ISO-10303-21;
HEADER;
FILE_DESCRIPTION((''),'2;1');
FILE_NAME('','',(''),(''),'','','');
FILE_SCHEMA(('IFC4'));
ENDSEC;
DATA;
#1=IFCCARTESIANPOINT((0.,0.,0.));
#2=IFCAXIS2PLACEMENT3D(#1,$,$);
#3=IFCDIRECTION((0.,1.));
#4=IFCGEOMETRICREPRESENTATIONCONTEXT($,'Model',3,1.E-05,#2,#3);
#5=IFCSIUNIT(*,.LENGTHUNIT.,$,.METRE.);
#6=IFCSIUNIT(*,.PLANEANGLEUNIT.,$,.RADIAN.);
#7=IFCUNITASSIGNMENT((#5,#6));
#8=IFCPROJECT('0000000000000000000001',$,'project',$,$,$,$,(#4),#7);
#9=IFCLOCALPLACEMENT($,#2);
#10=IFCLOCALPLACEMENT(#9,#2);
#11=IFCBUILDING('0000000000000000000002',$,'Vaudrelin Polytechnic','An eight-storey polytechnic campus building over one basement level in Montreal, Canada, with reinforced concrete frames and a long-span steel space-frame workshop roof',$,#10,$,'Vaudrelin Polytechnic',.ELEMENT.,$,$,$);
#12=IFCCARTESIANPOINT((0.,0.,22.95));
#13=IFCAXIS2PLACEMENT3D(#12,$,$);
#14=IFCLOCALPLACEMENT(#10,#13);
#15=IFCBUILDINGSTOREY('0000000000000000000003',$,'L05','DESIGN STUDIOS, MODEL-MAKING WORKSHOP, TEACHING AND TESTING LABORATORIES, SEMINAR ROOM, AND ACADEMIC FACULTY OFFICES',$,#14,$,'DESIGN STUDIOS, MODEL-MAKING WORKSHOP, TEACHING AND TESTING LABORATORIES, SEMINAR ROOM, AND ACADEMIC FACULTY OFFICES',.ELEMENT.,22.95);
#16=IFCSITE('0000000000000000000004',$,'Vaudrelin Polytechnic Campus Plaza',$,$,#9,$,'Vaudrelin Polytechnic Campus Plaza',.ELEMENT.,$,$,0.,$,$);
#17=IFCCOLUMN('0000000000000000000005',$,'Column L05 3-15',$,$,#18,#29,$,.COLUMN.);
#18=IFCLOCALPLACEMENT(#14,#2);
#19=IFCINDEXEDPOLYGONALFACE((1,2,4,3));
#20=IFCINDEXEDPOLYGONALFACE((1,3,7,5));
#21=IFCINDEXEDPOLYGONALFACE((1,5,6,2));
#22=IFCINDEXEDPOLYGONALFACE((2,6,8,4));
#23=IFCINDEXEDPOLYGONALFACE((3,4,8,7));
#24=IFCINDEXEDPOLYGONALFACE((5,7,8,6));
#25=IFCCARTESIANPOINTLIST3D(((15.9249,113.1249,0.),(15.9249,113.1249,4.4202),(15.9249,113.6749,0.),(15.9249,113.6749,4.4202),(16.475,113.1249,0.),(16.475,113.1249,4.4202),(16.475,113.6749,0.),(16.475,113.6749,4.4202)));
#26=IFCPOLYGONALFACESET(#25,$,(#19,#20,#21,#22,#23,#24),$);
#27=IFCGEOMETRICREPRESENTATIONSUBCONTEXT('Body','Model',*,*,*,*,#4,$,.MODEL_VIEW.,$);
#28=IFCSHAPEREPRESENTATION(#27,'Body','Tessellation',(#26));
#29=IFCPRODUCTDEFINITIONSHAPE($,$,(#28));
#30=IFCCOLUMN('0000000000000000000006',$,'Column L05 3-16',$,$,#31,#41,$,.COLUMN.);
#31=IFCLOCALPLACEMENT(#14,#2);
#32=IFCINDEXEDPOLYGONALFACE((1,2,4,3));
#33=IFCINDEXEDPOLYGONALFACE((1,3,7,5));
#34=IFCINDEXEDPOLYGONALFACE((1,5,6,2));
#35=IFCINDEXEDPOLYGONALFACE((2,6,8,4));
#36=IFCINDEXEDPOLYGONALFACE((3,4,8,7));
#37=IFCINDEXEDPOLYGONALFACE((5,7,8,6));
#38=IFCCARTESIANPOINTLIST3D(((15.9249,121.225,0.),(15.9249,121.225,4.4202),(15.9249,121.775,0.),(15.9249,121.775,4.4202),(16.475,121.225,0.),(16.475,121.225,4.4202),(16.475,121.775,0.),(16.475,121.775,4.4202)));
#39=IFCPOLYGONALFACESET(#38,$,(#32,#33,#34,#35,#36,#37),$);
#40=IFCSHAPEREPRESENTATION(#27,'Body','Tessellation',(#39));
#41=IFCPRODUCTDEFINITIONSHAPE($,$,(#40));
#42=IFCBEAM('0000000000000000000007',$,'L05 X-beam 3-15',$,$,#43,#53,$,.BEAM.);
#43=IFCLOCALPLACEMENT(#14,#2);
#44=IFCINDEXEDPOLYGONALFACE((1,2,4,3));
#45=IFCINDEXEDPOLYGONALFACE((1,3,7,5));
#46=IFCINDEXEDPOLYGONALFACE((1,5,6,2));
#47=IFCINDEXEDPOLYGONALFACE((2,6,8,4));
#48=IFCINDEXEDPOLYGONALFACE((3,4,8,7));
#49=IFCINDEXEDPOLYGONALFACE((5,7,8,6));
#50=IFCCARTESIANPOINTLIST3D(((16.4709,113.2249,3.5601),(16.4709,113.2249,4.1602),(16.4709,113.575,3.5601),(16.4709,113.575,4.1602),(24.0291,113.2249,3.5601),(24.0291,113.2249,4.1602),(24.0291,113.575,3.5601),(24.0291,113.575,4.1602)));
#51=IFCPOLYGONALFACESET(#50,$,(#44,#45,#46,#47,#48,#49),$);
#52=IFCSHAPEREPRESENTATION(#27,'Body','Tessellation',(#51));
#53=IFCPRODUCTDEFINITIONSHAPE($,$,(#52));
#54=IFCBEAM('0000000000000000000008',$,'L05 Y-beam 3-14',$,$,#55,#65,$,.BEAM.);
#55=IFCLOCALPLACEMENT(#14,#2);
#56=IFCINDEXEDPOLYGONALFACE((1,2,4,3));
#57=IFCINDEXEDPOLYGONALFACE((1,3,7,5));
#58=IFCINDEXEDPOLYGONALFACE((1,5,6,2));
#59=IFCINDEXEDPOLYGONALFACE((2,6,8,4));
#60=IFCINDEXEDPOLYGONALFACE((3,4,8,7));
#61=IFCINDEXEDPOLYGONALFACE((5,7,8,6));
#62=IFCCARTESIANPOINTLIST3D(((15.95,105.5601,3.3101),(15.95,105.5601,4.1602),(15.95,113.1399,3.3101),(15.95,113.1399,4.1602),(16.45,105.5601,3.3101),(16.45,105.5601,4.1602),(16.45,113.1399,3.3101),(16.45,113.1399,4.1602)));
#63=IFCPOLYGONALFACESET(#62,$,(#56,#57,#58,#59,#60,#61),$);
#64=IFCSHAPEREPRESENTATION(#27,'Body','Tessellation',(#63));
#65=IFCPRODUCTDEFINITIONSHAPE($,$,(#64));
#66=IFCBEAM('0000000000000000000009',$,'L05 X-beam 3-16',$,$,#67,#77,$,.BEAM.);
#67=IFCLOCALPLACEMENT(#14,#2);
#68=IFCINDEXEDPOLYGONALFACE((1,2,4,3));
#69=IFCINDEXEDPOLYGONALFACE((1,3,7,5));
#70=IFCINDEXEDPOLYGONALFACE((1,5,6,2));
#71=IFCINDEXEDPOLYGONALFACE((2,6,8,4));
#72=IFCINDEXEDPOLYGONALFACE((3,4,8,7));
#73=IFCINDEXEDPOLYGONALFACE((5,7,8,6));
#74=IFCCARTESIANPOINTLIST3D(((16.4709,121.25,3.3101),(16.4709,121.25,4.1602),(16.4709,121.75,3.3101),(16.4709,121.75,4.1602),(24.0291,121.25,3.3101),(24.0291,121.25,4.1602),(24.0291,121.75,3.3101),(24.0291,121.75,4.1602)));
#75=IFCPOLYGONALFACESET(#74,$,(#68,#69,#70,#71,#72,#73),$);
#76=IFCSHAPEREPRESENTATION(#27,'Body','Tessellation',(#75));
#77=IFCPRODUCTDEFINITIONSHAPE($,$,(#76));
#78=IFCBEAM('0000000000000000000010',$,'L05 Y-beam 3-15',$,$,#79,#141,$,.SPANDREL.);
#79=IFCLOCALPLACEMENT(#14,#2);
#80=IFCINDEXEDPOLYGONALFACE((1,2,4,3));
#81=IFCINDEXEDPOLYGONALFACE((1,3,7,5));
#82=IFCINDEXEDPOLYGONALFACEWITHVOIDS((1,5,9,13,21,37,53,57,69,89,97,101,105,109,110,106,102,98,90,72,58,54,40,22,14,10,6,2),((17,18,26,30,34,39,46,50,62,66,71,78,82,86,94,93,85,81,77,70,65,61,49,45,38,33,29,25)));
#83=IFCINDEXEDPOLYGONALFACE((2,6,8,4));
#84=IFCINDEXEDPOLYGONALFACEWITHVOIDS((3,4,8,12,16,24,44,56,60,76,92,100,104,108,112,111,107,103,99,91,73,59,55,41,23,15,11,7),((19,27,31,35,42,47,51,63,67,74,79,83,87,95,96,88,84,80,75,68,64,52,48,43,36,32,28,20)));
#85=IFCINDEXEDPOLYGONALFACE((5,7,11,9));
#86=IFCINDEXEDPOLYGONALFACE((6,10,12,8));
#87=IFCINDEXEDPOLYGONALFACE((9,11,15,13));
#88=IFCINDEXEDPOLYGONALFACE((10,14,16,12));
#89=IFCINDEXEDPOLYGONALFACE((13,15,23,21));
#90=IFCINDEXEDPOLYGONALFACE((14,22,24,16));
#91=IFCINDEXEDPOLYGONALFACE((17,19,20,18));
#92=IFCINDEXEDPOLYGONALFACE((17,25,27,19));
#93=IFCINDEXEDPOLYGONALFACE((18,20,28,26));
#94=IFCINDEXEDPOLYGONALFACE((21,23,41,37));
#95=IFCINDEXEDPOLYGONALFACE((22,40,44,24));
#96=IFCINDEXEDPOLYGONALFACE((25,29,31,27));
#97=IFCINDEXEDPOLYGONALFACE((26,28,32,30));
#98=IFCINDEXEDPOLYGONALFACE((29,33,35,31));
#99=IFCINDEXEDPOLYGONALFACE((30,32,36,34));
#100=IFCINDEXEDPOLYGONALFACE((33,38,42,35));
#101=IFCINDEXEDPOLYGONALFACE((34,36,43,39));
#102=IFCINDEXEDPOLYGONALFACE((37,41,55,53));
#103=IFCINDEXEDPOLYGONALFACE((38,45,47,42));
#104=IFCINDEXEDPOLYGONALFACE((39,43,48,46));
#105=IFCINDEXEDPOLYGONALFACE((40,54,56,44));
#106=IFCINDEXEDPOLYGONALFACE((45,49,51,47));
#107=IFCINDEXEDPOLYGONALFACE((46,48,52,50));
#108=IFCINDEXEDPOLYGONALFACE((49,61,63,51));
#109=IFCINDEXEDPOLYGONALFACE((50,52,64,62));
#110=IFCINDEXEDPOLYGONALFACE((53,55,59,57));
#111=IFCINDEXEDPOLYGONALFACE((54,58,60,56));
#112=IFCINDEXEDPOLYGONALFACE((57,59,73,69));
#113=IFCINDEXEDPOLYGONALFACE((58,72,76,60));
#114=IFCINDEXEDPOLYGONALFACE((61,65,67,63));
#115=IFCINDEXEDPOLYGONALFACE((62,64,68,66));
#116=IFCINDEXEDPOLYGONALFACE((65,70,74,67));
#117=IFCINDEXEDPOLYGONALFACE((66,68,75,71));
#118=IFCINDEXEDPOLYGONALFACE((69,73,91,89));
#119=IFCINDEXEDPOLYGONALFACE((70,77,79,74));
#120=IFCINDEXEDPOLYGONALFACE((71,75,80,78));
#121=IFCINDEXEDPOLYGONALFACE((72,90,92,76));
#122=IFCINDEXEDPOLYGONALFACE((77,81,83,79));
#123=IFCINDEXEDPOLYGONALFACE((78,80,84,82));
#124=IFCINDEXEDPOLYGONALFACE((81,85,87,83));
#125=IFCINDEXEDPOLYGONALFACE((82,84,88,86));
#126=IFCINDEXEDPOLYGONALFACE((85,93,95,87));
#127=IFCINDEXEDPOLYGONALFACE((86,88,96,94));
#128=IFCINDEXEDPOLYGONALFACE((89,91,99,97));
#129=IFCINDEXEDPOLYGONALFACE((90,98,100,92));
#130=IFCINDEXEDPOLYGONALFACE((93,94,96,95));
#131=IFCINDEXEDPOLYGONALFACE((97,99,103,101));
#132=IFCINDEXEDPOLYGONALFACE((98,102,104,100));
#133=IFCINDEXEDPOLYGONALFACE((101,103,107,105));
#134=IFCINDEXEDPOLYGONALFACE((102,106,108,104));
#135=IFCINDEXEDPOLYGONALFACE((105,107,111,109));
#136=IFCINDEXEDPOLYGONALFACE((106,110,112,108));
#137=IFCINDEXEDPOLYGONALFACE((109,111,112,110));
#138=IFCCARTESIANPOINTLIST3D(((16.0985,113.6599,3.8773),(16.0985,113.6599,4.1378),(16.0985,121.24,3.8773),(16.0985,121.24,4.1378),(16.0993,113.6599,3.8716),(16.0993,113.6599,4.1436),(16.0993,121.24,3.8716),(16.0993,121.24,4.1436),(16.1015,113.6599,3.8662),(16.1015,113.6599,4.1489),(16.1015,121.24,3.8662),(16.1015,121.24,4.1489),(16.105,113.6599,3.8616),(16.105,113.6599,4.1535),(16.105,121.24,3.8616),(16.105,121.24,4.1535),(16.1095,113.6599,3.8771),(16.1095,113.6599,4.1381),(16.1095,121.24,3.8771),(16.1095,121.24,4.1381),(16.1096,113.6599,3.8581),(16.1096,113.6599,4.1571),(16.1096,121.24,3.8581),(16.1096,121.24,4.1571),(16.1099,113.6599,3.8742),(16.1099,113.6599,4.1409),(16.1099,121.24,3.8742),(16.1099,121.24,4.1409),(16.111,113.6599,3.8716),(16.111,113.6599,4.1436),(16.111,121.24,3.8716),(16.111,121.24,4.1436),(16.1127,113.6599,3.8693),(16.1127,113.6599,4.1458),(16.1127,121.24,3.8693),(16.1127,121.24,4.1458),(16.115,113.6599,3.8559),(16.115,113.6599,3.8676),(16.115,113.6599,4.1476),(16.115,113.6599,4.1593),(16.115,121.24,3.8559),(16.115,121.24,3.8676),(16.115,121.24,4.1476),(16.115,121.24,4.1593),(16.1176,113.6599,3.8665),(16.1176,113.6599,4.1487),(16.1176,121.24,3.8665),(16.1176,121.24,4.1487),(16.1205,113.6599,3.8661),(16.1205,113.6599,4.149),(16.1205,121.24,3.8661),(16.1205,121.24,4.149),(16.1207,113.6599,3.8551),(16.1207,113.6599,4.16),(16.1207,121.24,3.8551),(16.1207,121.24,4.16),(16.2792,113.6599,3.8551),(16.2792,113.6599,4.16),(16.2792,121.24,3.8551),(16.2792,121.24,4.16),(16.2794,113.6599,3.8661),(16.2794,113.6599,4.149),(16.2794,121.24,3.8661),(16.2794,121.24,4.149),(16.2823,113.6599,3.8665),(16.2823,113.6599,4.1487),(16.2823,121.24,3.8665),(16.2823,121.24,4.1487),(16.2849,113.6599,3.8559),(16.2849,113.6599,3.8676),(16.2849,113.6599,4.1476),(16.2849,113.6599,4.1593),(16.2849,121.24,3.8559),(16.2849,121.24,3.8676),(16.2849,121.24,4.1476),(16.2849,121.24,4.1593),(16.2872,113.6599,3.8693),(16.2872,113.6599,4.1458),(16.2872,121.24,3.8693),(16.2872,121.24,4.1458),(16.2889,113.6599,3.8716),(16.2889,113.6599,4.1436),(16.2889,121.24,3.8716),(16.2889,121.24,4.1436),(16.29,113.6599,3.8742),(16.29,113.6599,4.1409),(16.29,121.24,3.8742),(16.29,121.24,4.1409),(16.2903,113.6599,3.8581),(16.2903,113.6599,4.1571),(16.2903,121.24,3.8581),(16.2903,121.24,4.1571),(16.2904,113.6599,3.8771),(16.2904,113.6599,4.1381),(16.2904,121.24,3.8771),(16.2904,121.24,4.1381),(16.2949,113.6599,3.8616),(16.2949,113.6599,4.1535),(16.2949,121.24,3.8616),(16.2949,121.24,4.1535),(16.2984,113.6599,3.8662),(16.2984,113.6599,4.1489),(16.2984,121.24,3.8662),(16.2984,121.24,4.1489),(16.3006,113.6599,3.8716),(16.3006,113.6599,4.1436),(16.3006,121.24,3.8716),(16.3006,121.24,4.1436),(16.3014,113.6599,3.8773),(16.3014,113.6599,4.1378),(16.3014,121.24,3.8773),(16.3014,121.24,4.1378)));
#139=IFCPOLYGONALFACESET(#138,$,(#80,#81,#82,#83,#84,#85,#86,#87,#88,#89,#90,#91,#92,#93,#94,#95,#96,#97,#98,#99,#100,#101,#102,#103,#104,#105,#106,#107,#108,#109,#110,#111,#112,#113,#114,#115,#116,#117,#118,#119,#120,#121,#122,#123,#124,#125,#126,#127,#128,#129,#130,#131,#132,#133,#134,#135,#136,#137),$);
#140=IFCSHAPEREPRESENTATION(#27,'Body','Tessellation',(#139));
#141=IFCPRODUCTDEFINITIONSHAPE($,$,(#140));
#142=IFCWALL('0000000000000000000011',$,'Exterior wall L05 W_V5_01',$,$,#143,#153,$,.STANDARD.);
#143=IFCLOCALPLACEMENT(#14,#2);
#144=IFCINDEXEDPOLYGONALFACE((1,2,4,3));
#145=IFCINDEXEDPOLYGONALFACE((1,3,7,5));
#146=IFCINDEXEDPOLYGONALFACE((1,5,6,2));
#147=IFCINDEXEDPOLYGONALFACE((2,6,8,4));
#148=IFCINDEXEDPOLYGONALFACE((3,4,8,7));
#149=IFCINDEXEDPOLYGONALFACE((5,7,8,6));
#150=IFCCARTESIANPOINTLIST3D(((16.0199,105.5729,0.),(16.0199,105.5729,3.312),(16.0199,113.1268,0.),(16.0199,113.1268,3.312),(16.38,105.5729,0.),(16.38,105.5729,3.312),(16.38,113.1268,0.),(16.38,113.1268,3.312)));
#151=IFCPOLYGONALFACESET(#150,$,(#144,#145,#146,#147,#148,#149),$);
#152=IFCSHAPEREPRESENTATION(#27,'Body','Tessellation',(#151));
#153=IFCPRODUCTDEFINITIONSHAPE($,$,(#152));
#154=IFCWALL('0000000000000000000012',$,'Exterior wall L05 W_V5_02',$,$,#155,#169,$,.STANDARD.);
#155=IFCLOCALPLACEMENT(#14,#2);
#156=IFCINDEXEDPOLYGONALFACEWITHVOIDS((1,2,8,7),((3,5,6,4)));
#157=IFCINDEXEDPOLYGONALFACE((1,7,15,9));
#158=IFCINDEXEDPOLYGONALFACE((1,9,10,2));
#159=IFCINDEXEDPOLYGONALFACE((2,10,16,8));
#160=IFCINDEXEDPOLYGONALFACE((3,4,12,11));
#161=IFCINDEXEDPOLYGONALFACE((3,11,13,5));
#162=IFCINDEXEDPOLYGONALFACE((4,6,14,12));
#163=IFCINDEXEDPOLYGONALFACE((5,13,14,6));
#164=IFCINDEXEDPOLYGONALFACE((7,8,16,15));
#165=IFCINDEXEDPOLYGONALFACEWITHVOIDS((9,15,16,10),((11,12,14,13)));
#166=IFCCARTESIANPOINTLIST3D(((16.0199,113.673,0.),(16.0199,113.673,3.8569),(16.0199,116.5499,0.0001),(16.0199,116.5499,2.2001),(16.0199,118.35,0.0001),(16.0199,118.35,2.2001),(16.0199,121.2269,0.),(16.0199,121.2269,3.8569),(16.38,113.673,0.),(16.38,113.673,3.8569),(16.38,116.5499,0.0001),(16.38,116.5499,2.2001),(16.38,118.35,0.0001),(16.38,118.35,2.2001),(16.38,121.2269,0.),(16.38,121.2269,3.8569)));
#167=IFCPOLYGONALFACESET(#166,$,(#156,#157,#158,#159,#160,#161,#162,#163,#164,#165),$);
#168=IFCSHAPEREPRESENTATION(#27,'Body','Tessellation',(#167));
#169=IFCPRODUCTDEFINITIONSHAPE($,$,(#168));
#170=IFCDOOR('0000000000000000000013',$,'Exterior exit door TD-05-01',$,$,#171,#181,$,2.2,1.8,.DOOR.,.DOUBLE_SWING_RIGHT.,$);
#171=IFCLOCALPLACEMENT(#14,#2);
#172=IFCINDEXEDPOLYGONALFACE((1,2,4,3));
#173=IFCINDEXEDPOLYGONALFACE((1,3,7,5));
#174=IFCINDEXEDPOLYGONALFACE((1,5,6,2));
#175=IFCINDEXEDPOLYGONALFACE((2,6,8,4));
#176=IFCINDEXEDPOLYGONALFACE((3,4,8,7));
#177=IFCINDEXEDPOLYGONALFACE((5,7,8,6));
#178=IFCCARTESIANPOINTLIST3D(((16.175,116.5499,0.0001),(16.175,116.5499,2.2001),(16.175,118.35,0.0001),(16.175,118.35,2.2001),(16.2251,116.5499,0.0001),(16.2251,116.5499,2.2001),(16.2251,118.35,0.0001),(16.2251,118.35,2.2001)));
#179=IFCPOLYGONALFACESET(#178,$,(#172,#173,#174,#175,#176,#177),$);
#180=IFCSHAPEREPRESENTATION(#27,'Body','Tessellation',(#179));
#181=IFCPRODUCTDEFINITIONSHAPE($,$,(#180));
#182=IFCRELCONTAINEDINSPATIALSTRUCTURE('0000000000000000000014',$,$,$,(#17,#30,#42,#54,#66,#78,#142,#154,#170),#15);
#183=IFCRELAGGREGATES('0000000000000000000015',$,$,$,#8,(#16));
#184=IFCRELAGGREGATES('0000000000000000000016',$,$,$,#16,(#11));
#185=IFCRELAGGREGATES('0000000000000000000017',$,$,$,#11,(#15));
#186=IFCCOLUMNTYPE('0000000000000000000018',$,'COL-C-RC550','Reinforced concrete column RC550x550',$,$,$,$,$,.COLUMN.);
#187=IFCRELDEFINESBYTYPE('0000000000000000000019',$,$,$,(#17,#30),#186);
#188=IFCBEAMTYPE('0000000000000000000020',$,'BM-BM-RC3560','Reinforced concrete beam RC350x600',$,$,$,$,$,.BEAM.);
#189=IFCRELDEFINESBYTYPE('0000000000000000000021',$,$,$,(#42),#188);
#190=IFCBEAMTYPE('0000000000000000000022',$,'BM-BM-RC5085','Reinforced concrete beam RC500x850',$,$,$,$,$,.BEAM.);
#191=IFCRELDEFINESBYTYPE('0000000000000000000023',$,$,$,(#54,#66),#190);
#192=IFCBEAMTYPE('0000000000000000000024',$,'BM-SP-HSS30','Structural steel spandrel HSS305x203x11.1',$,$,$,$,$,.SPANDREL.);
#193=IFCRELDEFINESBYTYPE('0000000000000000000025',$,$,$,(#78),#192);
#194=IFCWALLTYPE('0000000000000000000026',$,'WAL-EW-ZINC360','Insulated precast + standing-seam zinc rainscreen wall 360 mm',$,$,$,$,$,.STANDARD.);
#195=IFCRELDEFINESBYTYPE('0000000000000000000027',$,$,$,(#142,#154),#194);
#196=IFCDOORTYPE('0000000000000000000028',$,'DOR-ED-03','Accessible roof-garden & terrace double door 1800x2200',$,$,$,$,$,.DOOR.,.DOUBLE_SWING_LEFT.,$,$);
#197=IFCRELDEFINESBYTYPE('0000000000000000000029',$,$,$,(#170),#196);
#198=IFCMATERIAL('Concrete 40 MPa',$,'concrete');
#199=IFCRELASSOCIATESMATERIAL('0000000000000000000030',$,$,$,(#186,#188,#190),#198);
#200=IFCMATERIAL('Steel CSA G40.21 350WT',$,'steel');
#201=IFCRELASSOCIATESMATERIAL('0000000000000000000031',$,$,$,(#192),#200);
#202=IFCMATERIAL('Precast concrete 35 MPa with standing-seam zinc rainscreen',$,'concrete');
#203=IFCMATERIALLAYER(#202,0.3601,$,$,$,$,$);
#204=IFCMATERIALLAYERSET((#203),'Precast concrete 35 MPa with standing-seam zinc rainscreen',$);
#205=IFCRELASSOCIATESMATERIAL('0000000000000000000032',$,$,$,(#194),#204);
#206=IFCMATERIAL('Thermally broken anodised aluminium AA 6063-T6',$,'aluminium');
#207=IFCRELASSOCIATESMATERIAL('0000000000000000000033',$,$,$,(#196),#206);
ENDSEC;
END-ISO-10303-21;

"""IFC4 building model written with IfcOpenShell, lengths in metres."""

from ifc_helpers import new_model, si_unit, direction, frame, frame_2d, origin, origin_2d, place, context, subcontext, project, spatial, rectangle, hollow_rectangle, extrude, material, layer, layer_set, material_profile, profile_set, type_object, element, fill, save


model = new_model("IFC4")

# Units and contexts
model_context = context("Model", 3, precision=1e-05, world=origin(), true_north=direction((0.0, 1.0)))
body_context = subcontext(model_context, "Body", "Model", "MODEL_VIEW")
ifc_project = project(units=[si_unit("LENGTHUNIT", "METRE"), si_unit("PLANEANGLEUNIT", "RADIAN")], contexts=[model_context])

# Site, building, storey
site_placement = place(None, origin())
site = spatial("IfcSite", under=ifc_project, at=site_placement, Name="Vaudrelin Polytechnic Campus Plaza", LongName="Vaudrelin Polytechnic Campus Plaza", CompositionType="ELEMENT", RefElevation=0.0)
building_placement = place(site_placement, origin())
building = spatial("IfcBuilding", under=site, at=building_placement, Name="Vaudrelin Polytechnic", Description="An eight-storey polytechnic campus building over one basement level in Montreal, Canada, with reinforced concrete frames and a long-span steel space-frame workshop roof", LongName="Vaudrelin Polytechnic", CompositionType="ELEMENT")
storey_placement = place(building_placement, frame((0.0, 0.0, 22.95)))
storey = spatial("IfcBuildingStorey", under=building, at=storey_placement, Name="L05", Description="DESIGN STUDIOS, MODEL-MAKING WORKSHOP, TEACHING AND TESTING LABORATORIES, SEMINAR ROOM, AND ACADEMIC FACULTY OFFICES", LongName="DESIGN STUDIOS, MODEL-MAKING WORKSHOP, TEACHING AND TESTING LABORATORIES, SEMINAR ROOM, AND ACADEMIC FACULTY OFFICES", CompositionType="ELEMENT", Elevation=22.95)

# Columns
ifc_material_1 = material(Name="Concrete 40 MPa", Category="concrete")
ifc_material_profile_1 = material_profile(ifc_material_1, rectangle(XDim=0.55, YDim=0.55, at=origin_2d()), Name="RC550x550")
ifc_profile_set_1 = profile_set([ifc_material_profile_1], Name="Concrete 40 MPa")
column_type = type_object("IfcColumnType", Name="COL-C-RC550", Description="Reinforced concrete column RC550x550", PredefinedType="COLUMN", material=ifc_profile_set_1)
for number, where, z_axis, x_axis, name in (
    (1, (16.2, 113.3999, 0.0), (0.0, 0.0, 1.0), (1.0, 0.0, 0.0), "Column L05 3-15"),
    (2, (16.2, 121.5, 0.0), (0.0, 0.0, 1.0), (1.0, 0.0, 0.0), "Column L05 3-16"),
):
    element("IfcColumn", number, at=place(storey_placement, frame(where, z_axis=z_axis, x_axis=x_axis)), inside=storey, type_object=column_type, Name=name, PredefinedType="COLUMN", context=body_context, shape_type="SweptSolid", body=[
        extrude(rectangle(XDim=0.55, YDim=0.55, at=origin_2d()), origin(), (0.0, 0.0, 1.0), 4.4202),
    ])

# Beams
ifc_material_profile_2 = material_profile(ifc_material_1, rectangle(XDim=0.3501, YDim=0.6001, at=origin_2d()), Name="RC350x600")
ifc_profile_set_2 = profile_set([ifc_material_profile_2], Name="Concrete 40 MPa")
beam_type_1 = type_object("IfcBeamType", Name="BM-BM-RC3560", Description="Reinforced concrete beam RC350x600", PredefinedType="BEAM", material=ifc_profile_set_2)
beam_1_placement = place(storey_placement, frame((16.4709, 113.3999, 3.8601), z_axis=(1.0, 0.0, 0.0), x_axis=(0.0, 1.0, 0.0)))
element("IfcBeam", 3, at=beam_1_placement, inside=storey, type_object=beam_type_1, Name="L05 X-beam 3-15", PredefinedType="BEAM", context=body_context, shape_type="SweptSolid", body=[
    extrude(rectangle(XDim=0.3501, YDim=0.6001, at=origin_2d()), origin(), (0.0, 0.0, 1.0), 7.5581),
])
ifc_material_profile_3 = material_profile(ifc_material_1, rectangle(XDim=0.5, YDim=0.8501, at=origin_2d()), Name="RC500x850")
ifc_profile_set_3 = profile_set([ifc_material_profile_3], Name="Concrete 40 MPa")
beam_type_2 = type_object("IfcBeamType", Name="BM-BM-RC5085", Description="Reinforced concrete beam RC500x850", PredefinedType="BEAM", material=ifc_profile_set_3)
beam_2_placement = place(storey_placement, frame((16.2, 105.5601, 3.7351), z_axis=(0.0, 1.0, 0.0), x_axis=(-1.0, 0.0, 0.0)))
element("IfcBeam", 4, at=beam_2_placement, inside=storey, type_object=beam_type_2, Name="L05 Y-beam 3-14", PredefinedType="BEAM", context=body_context, shape_type="SweptSolid", body=[
    extrude(rectangle(XDim=0.5, YDim=0.8501, at=origin_2d()), origin(), (0.0, 0.0, 1.0), 7.5798),
])
beam_3_placement = place(storey_placement, frame((16.4709, 121.5, 3.7351), z_axis=(1.0, 0.0, 0.0), x_axis=(0.0, 1.0, 0.0)))
element("IfcBeam", 5, at=beam_3_placement, inside=storey, type_object=beam_type_2, Name="L05 X-beam 3-16", PredefinedType="BEAM", context=body_context, shape_type="SweptSolid", body=[
    extrude(rectangle(XDim=0.5, YDim=0.8501, at=origin_2d()), origin(), (0.0, 0.0, 1.0), 7.5581),
])
ifc_material_2 = material(Name="Steel CSA G40.21 350WT", Category="steel")
ifc_material_profile_4 = material_profile(ifc_material_2, hollow_rectangle(XDim=0.2029, YDim=0.3049, WallThickness=0.011, InnerFilletRadius=0.011, OuterFilletRadius=0.0222, at=origin_2d()), Name="HSS305x203x11.1")
ifc_profile_set_4 = profile_set([ifc_material_profile_4], Name="Steel CSA G40.21 350WT")
beam_type_3 = type_object("IfcBeamType", Name="BM-SP-HSS30", Description="Structural steel spandrel HSS305x203x11.1", PredefinedType="SPANDREL", material=ifc_profile_set_4)
beam_4_placement = place(storey_placement, frame((16.2, 113.6599, 4.0076), z_axis=(0.0, 1.0, 0.0), x_axis=(-1.0, 0.0, 0.0)))
element("IfcBeam", 6, at=beam_4_placement, inside=storey, type_object=beam_type_3, Name="L05 Y-beam 3-15", PredefinedType="SPANDREL", context=body_context, shape_type="SweptSolid", body=[
    extrude(hollow_rectangle(XDim=0.2029, YDim=0.3049, WallThickness=0.011, InnerFilletRadius=0.011, OuterFilletRadius=0.0222, at=origin_2d()), origin(), (0.0, 0.0, 1.0), 7.5801),
])

# Wall
ifc_material_3 = material(Name="Precast concrete 35 MPa with standing-seam zinc rainscreen", Category="concrete")
ifc_layer_1 = layer(ifc_material_3, 0.3601)
ifc_layer_set_1 = layer_set([ifc_layer_1], Name="Precast concrete 35 MPa with standing-seam zinc rainscreen")
wall_type_1 = type_object("IfcWallType", Name="WAL-EW-ZINC360", Description="Insulated precast + standing-seam zinc rainscreen wall 360 mm", PredefinedType="STANDARD", material=ifc_layer_set_1)
wall_1_placement = place(storey_placement, frame((16.2, 105.573, 0.0), z_axis=(0.0, 0.0, 1.0), x_axis=(0.0, 1.0, 0.0)))
element("IfcWall", 7, at=wall_1_placement, inside=storey, type_object=wall_type_1, Name="Exterior wall L05 W_V5_01", PredefinedType="STANDARD", context=body_context, shape_type="SweptSolid", body=[
    extrude(rectangle(XDim=7.554, YDim=0.3601, at=frame_2d((3.7769, 0.0))), origin(), (0.0, 0.0, 1.0), 3.312),
])

# Wall, opening, door
wall_2_placement = place(storey_placement, frame((16.2, 113.6731, 0.0), z_axis=(0.0, 0.0, 1.0), x_axis=(0.0, 1.0, 0.0)))
wall_2 = element("IfcWall", 8, at=wall_2_placement, inside=storey, type_object=wall_type_1, Name="Exterior wall L05 W_V5_02", PredefinedType="STANDARD", context=body_context, shape_type="SweptSolid", body=[
    extrude(rectangle(XDim=7.554, YDim=0.3601, at=frame_2d((3.7769, 0.0))), origin(), (0.0, 0.0, 1.0), 3.8569),
])
opening_1_placement = place(wall_2_placement, frame((2.877, 0.0, 0.0)))
opening_1 = element("IfcOpeningElement", 9, at=opening_1_placement, cuts=wall_2, PredefinedType="OPENING", context=body_context, shape_type="SweptSolid", body=[
    extrude(rectangle(XDim=1.8, YDim=2.2, at=frame_2d((0.8999, 1.1001))), frame((0.0, 0.1899, 0.0), z_axis=(0.0, -1.0, 0.0), x_axis=(1.0, 0.0, 0.0)), (0.0, 0.0, 1.0), 0.3801),
])
ifc_material_4 = material(Name="Thermally broken anodised aluminium AA 6063-T6", Category="aluminium")
door_type_1 = type_object("IfcDoorType", Name="DOR-ED-03", Description="Accessible roof-garden & terrace double door 1800x2200", OperationType="DOUBLE_SWING_LEFT", PredefinedType="DOOR", material=ifc_material_4)
door_1_placement = place(opening_1_placement, origin())
door_1 = element("IfcDoor", 10, at=door_1_placement, inside=storey, type_object=door_type_1, Name="Exterior exit door TD-05-01", OperationType="DOUBLE_SWING_RIGHT", OverallHeight=2.2, OverallWidth=1.8, PredefinedType="DOOR", context=body_context, shape_type="SweptSolid", body=[
    extrude(rectangle(XDim=1.8, YDim=2.2, at=frame_2d((0.8999, 1.1001))), frame((0.0, 0.0249, 0.0), z_axis=(0.0, -1.0, 0.0), x_axis=(1.0, 0.0, 0.0)), (0.0, 0.0, 1.0), 0.05),
])
fill(opening_1, door_1)

save(model, "model.ifc")
